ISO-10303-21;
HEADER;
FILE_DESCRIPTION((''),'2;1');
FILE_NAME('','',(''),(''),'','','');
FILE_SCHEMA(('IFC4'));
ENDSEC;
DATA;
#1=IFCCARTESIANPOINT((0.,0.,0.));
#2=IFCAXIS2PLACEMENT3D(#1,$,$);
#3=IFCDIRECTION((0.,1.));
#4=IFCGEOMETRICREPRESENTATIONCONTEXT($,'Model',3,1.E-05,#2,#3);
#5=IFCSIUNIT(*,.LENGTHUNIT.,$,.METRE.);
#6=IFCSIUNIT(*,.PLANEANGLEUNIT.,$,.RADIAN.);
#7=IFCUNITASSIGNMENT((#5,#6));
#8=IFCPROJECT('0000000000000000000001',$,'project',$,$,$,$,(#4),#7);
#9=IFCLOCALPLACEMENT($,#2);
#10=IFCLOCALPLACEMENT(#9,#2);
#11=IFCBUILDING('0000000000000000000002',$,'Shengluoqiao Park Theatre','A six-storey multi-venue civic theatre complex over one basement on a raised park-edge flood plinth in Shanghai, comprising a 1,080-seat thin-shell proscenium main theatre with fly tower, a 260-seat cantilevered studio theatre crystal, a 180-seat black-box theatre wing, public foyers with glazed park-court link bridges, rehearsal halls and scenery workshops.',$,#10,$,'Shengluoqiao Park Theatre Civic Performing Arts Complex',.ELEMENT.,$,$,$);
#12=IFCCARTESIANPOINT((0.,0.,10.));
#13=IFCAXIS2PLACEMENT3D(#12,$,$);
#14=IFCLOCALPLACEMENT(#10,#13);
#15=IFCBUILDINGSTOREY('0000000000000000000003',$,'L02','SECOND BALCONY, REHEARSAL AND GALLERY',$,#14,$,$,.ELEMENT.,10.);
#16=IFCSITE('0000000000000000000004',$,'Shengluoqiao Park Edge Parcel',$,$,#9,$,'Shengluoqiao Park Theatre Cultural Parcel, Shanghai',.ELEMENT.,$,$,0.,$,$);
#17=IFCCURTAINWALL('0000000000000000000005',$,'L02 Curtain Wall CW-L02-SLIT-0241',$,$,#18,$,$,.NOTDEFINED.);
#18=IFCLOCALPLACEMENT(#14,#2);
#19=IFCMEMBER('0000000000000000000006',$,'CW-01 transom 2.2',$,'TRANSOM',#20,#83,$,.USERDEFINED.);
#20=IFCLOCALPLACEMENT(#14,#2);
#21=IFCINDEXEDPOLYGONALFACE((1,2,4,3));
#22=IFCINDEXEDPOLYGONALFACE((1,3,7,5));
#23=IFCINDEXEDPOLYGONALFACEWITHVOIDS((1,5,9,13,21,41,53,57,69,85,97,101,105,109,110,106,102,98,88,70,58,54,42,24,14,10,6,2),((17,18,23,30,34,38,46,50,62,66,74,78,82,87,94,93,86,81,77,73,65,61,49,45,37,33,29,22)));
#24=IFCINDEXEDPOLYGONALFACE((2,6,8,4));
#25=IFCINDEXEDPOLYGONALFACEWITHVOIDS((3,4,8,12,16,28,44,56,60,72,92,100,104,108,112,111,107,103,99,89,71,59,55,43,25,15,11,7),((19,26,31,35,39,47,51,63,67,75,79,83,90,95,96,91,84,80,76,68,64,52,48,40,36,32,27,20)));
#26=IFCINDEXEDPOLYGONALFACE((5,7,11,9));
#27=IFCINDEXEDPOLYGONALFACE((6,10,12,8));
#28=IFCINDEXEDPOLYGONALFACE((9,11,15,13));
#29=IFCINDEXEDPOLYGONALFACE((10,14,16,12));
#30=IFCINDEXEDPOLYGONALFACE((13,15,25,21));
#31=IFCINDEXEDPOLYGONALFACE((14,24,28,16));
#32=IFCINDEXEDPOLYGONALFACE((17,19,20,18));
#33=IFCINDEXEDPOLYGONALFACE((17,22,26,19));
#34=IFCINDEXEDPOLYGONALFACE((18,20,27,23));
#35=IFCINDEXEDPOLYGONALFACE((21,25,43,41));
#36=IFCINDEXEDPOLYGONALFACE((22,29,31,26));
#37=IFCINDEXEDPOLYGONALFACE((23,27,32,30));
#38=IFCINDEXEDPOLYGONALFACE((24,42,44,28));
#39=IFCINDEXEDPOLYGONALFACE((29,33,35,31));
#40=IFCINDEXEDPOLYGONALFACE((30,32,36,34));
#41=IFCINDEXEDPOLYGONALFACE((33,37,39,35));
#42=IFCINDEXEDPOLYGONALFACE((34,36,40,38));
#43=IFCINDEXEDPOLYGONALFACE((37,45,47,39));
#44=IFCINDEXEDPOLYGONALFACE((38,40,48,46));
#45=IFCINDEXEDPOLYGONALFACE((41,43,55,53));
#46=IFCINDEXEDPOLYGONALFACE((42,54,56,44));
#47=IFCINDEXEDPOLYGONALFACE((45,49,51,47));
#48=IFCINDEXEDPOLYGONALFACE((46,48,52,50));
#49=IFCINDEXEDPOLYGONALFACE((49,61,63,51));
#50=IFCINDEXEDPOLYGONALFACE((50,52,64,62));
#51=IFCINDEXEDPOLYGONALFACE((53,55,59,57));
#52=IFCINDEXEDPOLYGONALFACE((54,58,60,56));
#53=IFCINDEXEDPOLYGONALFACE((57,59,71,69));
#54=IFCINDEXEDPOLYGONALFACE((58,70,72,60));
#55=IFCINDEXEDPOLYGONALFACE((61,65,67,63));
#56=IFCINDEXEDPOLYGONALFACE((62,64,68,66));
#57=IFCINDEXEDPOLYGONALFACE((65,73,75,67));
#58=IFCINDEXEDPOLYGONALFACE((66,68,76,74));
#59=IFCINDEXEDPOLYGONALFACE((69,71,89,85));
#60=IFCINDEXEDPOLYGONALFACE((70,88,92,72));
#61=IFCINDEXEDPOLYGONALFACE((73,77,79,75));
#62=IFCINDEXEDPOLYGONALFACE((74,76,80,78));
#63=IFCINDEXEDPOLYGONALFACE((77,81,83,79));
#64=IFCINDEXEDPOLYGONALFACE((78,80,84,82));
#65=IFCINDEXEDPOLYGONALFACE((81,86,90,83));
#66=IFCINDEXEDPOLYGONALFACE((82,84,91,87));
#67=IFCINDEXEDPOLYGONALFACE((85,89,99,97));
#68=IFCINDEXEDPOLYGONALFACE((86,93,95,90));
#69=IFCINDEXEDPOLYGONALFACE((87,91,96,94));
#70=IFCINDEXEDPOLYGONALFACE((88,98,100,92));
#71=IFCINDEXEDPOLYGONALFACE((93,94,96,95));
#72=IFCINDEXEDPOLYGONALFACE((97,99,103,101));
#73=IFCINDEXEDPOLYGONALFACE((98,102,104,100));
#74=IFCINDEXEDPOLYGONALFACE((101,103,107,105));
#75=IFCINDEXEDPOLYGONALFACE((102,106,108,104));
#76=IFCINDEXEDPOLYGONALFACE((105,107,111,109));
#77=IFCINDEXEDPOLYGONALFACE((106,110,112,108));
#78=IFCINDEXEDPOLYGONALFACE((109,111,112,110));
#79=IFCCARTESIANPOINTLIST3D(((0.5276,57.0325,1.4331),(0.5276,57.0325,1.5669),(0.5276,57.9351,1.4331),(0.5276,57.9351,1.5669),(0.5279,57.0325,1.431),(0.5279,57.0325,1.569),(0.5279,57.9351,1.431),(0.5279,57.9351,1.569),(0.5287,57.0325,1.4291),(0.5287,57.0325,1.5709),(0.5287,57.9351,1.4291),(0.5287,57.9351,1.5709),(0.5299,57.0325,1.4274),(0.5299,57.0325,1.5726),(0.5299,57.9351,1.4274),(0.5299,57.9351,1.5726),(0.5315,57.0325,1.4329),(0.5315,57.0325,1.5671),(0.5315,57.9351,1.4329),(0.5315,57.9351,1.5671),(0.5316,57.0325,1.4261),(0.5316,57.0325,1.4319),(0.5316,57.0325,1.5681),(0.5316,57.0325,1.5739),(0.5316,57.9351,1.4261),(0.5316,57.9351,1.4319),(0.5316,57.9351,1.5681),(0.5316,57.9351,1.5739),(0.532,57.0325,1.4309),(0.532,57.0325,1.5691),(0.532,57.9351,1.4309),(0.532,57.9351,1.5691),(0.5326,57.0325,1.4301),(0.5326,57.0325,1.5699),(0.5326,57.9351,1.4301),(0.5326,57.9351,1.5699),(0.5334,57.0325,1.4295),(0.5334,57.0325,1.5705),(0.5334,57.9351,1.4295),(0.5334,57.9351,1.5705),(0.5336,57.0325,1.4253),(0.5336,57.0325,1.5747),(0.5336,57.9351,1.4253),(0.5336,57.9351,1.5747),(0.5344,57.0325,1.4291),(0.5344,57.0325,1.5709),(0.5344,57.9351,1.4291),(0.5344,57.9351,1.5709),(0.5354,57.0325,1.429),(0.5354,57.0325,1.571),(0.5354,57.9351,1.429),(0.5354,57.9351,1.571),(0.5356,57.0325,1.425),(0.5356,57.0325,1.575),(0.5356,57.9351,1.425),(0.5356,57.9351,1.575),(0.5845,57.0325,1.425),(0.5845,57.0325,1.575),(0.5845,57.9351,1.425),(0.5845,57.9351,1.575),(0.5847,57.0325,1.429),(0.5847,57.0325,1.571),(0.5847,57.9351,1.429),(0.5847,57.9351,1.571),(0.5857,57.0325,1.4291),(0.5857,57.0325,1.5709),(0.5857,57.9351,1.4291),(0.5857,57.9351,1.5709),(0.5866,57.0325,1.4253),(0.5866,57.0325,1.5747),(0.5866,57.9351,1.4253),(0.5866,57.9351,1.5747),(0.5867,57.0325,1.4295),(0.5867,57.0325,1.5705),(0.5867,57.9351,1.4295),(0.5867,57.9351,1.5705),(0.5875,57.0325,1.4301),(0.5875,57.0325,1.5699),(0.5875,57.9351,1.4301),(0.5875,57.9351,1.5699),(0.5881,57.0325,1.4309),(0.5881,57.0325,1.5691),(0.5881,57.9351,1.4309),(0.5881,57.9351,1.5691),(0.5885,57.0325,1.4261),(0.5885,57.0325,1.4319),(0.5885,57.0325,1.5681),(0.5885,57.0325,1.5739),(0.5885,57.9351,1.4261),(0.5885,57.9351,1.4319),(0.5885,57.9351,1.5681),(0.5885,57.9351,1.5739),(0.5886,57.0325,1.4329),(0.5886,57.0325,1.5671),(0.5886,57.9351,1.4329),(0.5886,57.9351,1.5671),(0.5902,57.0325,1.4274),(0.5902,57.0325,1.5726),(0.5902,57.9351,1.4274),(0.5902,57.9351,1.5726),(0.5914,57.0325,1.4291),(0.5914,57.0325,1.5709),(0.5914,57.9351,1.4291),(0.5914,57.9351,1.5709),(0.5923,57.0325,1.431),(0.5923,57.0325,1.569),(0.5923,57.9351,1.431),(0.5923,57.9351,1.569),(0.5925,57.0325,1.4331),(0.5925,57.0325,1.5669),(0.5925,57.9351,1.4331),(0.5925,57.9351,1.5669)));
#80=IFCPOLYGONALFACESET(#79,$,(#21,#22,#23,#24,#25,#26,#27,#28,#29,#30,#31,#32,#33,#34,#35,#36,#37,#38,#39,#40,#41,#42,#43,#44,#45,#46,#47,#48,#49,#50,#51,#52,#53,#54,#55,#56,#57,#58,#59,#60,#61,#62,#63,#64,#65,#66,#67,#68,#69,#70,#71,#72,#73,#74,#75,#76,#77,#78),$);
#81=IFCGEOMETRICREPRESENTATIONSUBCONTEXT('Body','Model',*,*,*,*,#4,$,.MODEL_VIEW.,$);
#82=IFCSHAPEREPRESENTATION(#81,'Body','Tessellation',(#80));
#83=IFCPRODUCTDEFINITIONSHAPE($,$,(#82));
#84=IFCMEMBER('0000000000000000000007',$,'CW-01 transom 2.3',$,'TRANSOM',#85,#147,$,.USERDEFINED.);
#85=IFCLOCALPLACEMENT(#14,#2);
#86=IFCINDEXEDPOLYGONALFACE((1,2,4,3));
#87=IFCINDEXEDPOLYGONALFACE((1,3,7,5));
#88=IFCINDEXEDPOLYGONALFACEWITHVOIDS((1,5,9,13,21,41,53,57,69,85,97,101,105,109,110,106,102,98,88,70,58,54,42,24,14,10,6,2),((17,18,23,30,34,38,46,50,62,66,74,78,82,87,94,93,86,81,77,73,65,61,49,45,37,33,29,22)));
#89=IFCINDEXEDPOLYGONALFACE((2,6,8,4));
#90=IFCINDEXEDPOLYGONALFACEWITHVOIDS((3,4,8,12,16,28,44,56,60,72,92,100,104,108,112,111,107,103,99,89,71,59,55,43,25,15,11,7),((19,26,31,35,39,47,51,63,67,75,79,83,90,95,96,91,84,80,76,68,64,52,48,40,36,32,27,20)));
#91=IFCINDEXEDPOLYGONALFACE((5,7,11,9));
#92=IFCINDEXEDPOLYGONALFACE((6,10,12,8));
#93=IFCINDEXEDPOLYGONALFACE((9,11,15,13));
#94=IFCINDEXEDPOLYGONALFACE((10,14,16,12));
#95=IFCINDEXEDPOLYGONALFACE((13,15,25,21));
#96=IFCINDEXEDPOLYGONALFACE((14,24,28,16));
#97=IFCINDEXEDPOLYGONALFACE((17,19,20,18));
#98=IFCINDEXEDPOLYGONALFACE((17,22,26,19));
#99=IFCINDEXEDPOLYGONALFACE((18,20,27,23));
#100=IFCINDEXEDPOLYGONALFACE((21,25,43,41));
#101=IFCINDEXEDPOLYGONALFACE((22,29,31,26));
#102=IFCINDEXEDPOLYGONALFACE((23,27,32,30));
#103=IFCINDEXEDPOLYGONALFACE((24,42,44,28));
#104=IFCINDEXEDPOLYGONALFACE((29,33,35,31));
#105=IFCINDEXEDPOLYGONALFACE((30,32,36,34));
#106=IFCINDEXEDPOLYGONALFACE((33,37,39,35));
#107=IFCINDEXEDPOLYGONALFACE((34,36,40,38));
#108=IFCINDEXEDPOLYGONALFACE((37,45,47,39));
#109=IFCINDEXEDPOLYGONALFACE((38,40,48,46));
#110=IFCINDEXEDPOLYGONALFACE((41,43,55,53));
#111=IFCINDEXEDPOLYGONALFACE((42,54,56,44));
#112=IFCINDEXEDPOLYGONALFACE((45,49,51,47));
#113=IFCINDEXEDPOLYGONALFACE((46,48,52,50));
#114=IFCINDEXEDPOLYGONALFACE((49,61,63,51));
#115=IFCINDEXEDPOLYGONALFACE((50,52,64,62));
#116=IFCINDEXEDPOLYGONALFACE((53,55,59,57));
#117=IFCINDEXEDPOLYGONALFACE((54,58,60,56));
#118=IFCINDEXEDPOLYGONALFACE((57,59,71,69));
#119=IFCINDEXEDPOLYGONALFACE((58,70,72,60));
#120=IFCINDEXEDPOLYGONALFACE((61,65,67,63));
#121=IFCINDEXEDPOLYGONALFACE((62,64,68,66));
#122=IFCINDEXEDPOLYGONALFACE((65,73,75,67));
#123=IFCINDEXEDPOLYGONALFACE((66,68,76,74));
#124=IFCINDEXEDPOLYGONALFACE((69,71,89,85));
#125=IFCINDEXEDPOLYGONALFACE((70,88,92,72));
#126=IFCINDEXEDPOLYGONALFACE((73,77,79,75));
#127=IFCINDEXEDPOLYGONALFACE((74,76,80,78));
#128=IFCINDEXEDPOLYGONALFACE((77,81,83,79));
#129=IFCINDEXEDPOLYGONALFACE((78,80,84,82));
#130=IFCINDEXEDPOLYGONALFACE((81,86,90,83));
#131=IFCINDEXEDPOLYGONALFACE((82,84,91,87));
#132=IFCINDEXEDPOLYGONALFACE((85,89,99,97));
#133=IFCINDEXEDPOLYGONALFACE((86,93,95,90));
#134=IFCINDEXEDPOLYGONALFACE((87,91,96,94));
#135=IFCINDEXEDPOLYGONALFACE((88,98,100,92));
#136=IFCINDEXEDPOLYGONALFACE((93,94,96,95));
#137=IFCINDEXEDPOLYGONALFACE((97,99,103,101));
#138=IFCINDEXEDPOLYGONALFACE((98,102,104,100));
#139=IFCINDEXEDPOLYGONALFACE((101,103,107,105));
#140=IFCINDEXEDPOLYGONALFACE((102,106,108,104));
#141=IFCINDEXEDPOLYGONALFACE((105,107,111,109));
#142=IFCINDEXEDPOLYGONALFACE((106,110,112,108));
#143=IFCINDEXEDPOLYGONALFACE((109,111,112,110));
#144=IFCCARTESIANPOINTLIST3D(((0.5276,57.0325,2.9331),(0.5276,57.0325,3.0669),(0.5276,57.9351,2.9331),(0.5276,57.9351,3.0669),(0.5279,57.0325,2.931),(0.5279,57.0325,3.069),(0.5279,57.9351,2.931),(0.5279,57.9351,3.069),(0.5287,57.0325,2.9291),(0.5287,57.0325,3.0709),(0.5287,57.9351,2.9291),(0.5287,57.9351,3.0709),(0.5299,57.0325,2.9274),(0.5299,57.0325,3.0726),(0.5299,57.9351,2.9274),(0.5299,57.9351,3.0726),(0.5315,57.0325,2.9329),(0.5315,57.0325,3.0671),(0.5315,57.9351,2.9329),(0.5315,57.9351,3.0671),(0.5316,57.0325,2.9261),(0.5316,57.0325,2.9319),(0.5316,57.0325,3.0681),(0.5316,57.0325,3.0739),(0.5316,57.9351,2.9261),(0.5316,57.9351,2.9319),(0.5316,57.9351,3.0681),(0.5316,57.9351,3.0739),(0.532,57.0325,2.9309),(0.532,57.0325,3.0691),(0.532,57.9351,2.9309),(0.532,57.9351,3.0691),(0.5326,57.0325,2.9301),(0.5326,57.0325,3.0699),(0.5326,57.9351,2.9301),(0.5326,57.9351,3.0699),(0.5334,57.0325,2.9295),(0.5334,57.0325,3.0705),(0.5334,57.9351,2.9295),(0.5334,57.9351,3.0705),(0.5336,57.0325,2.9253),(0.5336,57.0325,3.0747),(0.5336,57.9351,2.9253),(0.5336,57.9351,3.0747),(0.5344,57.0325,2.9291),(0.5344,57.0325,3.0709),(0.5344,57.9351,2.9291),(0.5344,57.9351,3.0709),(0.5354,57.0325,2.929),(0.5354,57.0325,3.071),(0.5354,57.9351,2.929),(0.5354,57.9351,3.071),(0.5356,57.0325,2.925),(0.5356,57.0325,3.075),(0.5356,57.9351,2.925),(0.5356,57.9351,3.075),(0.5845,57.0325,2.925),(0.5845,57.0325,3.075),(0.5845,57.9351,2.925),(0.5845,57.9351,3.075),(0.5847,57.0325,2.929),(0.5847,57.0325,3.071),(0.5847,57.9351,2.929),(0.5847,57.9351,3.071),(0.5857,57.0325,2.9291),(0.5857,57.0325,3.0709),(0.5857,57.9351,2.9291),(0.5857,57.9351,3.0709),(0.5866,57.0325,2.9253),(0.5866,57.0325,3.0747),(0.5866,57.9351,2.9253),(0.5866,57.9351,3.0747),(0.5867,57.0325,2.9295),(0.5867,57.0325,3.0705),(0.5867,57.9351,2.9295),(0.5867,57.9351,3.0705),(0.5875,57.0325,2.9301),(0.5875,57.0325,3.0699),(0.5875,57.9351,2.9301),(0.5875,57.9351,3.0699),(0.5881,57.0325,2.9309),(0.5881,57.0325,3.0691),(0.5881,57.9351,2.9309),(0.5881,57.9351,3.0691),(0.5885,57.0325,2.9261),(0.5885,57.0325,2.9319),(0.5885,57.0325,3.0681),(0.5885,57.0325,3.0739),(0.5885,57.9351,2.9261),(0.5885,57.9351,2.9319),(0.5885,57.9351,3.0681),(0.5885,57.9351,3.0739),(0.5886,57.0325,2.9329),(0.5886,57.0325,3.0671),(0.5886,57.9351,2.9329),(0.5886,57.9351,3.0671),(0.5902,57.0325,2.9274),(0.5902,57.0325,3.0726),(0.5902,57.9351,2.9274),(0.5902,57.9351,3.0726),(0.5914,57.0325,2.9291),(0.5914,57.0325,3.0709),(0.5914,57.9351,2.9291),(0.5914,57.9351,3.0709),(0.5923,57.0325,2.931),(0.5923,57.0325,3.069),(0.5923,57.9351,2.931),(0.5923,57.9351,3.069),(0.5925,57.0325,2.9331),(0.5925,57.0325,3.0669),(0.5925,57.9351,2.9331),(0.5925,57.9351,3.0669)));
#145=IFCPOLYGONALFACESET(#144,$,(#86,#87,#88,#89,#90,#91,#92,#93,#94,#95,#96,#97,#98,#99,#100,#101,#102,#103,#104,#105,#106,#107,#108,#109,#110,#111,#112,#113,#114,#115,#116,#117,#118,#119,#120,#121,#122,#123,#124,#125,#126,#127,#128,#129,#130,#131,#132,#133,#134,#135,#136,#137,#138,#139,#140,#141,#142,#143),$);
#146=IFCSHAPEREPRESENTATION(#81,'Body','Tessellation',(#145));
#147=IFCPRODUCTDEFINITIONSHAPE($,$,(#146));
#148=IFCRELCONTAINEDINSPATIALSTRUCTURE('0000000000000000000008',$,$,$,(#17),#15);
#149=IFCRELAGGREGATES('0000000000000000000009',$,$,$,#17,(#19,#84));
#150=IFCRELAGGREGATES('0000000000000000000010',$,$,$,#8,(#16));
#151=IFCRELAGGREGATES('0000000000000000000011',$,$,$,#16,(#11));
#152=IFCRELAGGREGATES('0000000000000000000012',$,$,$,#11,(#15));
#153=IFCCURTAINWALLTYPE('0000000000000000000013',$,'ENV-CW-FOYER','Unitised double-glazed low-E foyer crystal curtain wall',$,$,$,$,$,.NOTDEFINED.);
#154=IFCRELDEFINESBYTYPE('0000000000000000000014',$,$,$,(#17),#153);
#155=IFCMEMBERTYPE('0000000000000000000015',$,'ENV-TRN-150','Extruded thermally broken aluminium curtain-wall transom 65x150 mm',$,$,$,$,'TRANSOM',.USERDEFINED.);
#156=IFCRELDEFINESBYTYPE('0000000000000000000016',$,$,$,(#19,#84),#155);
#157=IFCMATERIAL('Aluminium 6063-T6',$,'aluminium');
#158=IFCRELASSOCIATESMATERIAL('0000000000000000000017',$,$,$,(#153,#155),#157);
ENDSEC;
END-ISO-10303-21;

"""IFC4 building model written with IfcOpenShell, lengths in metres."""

from ifc_helpers import new_model, si_unit, direction, frame, origin, origin_2d, place, context, subcontext, project, spatial, hollow_rectangle, extrude, material, material_profile, profile_set, type_object, element, aggregate, save


model = new_model("IFC4")

# Units and contexts
model_context = context("Model", 3, precision=1e-05, world=origin(), true_north=direction((0.0, 1.0)))
body_context = subcontext(model_context, "Body", "Model", "MODEL_VIEW")
ifc_project = project(units=[si_unit("LENGTHUNIT", "METRE"), si_unit("PLANEANGLEUNIT", "RADIAN")], contexts=[model_context])

# Site, building, storey
site_placement = place(None, origin())
site = spatial("IfcSite", under=ifc_project, at=site_placement, Name="Shengluoqiao Park Edge Parcel", LongName="Shengluoqiao Park Theatre Cultural Parcel, Shanghai", CompositionType="ELEMENT", RefElevation=0.0)
building_placement = place(site_placement, origin())
building = spatial("IfcBuilding", under=site, at=building_placement, Name="Shengluoqiao Park Theatre", Description="A six-storey multi-venue civic theatre complex over one basement on a raised park-edge flood plinth in Shanghai, comprising a 1,080-seat thin-shell proscenium main theatre with fly tower, a 260-seat cantilevered studio theatre crystal, a 180-seat black-box theatre wing, public foyers with glazed park-court link bridges, rehearsal halls and scenery workshops.", LongName="Shengluoqiao Park Theatre Civic Performing Arts Complex", CompositionType="ELEMENT")
storey_placement = place(building_placement, frame((0.0, 0.0, 10.0)))
storey = spatial("IfcBuildingStorey", under=building, at=storey_placement, Name="L02", Description="SECOND BALCONY, REHEARSAL AND GALLERY", CompositionType="ELEMENT", Elevation=10.0)

# Curtain wall
ifc_material_1 = material(Name="Aluminium 6063-T6", Category="aluminium")
curtain_wall_type = type_object("IfcCurtainWallType", Name="ENV-CW-FOYER", Description="Unitised double-glazed low-E foyer crystal curtain wall", PredefinedType="NOTDEFINED", material=ifc_material_1)
curtain_wall_1_placement = place(storey_placement, origin())
curtain_wall_1 = element("IfcCurtainWall", 1, at=curtain_wall_1_placement, inside=storey, type_object=curtain_wall_type, Name="L02 Curtain Wall CW-L02-SLIT-0241", PredefinedType="NOTDEFINED")

# Members
ifc_material_profile_1 = material_profile(ifc_material_1, hollow_rectangle(XDim=0.0649, YDim=0.1499, WallThickness=0.0039, InnerFilletRadius=0.0039, OuterFilletRadius=0.0081, at=origin_2d()), Name="ALU TRANSOM 150x65x4")
ifc_profile_set_1 = profile_set([ifc_material_profile_1], Name="Aluminium 6063-T6")
member_type_1 = type_object("IfcMemberType", Name="ENV-TRN-150", Description="Extruded thermally broken aluminium curtain-wall transom 65x150 mm", ElementType="TRANSOM", PredefinedType="USERDEFINED", material=ifc_profile_set_1)
member_1_placement = place(storey_placement, frame((0.5601, 57.0325, 1.5), z_axis=(0.0, 1.0, 0.0), x_axis=(-1.0, 0.0, 0.0)))
member_1 = element("IfcMember", 2, at=member_1_placement, type_object=member_type_1, Name="CW-01 transom 2.2", ObjectType="TRANSOM", PredefinedType="USERDEFINED", context=body_context, shape_type="SweptSolid", body=[
    extrude(hollow_rectangle(XDim=0.0649, YDim=0.1499, WallThickness=0.0039, InnerFilletRadius=0.0039, OuterFilletRadius=0.0081, at=origin_2d()), origin(), (0.0, 0.0, 1.0), 0.9026),
])
member_2_placement = place(storey_placement, frame((0.5601, 57.0325, 3.0), z_axis=(0.0, 1.0, 0.0), x_axis=(-1.0, 0.0, 0.0)))
member_2 = element("IfcMember", 3, at=member_2_placement, type_object=member_type_1, Name="CW-01 transom 2.3", ObjectType="TRANSOM", PredefinedType="USERDEFINED", context=body_context, shape_type="SweptSolid", body=[
    extrude(hollow_rectangle(XDim=0.0649, YDim=0.1499, WallThickness=0.0039, InnerFilletRadius=0.0039, OuterFilletRadius=0.0081, at=origin_2d()), origin(), (0.0, 0.0, 1.0), 0.9026),
])

aggregate(curtain_wall_1, [member_1, member_2])

save(model, "model.ifc")
